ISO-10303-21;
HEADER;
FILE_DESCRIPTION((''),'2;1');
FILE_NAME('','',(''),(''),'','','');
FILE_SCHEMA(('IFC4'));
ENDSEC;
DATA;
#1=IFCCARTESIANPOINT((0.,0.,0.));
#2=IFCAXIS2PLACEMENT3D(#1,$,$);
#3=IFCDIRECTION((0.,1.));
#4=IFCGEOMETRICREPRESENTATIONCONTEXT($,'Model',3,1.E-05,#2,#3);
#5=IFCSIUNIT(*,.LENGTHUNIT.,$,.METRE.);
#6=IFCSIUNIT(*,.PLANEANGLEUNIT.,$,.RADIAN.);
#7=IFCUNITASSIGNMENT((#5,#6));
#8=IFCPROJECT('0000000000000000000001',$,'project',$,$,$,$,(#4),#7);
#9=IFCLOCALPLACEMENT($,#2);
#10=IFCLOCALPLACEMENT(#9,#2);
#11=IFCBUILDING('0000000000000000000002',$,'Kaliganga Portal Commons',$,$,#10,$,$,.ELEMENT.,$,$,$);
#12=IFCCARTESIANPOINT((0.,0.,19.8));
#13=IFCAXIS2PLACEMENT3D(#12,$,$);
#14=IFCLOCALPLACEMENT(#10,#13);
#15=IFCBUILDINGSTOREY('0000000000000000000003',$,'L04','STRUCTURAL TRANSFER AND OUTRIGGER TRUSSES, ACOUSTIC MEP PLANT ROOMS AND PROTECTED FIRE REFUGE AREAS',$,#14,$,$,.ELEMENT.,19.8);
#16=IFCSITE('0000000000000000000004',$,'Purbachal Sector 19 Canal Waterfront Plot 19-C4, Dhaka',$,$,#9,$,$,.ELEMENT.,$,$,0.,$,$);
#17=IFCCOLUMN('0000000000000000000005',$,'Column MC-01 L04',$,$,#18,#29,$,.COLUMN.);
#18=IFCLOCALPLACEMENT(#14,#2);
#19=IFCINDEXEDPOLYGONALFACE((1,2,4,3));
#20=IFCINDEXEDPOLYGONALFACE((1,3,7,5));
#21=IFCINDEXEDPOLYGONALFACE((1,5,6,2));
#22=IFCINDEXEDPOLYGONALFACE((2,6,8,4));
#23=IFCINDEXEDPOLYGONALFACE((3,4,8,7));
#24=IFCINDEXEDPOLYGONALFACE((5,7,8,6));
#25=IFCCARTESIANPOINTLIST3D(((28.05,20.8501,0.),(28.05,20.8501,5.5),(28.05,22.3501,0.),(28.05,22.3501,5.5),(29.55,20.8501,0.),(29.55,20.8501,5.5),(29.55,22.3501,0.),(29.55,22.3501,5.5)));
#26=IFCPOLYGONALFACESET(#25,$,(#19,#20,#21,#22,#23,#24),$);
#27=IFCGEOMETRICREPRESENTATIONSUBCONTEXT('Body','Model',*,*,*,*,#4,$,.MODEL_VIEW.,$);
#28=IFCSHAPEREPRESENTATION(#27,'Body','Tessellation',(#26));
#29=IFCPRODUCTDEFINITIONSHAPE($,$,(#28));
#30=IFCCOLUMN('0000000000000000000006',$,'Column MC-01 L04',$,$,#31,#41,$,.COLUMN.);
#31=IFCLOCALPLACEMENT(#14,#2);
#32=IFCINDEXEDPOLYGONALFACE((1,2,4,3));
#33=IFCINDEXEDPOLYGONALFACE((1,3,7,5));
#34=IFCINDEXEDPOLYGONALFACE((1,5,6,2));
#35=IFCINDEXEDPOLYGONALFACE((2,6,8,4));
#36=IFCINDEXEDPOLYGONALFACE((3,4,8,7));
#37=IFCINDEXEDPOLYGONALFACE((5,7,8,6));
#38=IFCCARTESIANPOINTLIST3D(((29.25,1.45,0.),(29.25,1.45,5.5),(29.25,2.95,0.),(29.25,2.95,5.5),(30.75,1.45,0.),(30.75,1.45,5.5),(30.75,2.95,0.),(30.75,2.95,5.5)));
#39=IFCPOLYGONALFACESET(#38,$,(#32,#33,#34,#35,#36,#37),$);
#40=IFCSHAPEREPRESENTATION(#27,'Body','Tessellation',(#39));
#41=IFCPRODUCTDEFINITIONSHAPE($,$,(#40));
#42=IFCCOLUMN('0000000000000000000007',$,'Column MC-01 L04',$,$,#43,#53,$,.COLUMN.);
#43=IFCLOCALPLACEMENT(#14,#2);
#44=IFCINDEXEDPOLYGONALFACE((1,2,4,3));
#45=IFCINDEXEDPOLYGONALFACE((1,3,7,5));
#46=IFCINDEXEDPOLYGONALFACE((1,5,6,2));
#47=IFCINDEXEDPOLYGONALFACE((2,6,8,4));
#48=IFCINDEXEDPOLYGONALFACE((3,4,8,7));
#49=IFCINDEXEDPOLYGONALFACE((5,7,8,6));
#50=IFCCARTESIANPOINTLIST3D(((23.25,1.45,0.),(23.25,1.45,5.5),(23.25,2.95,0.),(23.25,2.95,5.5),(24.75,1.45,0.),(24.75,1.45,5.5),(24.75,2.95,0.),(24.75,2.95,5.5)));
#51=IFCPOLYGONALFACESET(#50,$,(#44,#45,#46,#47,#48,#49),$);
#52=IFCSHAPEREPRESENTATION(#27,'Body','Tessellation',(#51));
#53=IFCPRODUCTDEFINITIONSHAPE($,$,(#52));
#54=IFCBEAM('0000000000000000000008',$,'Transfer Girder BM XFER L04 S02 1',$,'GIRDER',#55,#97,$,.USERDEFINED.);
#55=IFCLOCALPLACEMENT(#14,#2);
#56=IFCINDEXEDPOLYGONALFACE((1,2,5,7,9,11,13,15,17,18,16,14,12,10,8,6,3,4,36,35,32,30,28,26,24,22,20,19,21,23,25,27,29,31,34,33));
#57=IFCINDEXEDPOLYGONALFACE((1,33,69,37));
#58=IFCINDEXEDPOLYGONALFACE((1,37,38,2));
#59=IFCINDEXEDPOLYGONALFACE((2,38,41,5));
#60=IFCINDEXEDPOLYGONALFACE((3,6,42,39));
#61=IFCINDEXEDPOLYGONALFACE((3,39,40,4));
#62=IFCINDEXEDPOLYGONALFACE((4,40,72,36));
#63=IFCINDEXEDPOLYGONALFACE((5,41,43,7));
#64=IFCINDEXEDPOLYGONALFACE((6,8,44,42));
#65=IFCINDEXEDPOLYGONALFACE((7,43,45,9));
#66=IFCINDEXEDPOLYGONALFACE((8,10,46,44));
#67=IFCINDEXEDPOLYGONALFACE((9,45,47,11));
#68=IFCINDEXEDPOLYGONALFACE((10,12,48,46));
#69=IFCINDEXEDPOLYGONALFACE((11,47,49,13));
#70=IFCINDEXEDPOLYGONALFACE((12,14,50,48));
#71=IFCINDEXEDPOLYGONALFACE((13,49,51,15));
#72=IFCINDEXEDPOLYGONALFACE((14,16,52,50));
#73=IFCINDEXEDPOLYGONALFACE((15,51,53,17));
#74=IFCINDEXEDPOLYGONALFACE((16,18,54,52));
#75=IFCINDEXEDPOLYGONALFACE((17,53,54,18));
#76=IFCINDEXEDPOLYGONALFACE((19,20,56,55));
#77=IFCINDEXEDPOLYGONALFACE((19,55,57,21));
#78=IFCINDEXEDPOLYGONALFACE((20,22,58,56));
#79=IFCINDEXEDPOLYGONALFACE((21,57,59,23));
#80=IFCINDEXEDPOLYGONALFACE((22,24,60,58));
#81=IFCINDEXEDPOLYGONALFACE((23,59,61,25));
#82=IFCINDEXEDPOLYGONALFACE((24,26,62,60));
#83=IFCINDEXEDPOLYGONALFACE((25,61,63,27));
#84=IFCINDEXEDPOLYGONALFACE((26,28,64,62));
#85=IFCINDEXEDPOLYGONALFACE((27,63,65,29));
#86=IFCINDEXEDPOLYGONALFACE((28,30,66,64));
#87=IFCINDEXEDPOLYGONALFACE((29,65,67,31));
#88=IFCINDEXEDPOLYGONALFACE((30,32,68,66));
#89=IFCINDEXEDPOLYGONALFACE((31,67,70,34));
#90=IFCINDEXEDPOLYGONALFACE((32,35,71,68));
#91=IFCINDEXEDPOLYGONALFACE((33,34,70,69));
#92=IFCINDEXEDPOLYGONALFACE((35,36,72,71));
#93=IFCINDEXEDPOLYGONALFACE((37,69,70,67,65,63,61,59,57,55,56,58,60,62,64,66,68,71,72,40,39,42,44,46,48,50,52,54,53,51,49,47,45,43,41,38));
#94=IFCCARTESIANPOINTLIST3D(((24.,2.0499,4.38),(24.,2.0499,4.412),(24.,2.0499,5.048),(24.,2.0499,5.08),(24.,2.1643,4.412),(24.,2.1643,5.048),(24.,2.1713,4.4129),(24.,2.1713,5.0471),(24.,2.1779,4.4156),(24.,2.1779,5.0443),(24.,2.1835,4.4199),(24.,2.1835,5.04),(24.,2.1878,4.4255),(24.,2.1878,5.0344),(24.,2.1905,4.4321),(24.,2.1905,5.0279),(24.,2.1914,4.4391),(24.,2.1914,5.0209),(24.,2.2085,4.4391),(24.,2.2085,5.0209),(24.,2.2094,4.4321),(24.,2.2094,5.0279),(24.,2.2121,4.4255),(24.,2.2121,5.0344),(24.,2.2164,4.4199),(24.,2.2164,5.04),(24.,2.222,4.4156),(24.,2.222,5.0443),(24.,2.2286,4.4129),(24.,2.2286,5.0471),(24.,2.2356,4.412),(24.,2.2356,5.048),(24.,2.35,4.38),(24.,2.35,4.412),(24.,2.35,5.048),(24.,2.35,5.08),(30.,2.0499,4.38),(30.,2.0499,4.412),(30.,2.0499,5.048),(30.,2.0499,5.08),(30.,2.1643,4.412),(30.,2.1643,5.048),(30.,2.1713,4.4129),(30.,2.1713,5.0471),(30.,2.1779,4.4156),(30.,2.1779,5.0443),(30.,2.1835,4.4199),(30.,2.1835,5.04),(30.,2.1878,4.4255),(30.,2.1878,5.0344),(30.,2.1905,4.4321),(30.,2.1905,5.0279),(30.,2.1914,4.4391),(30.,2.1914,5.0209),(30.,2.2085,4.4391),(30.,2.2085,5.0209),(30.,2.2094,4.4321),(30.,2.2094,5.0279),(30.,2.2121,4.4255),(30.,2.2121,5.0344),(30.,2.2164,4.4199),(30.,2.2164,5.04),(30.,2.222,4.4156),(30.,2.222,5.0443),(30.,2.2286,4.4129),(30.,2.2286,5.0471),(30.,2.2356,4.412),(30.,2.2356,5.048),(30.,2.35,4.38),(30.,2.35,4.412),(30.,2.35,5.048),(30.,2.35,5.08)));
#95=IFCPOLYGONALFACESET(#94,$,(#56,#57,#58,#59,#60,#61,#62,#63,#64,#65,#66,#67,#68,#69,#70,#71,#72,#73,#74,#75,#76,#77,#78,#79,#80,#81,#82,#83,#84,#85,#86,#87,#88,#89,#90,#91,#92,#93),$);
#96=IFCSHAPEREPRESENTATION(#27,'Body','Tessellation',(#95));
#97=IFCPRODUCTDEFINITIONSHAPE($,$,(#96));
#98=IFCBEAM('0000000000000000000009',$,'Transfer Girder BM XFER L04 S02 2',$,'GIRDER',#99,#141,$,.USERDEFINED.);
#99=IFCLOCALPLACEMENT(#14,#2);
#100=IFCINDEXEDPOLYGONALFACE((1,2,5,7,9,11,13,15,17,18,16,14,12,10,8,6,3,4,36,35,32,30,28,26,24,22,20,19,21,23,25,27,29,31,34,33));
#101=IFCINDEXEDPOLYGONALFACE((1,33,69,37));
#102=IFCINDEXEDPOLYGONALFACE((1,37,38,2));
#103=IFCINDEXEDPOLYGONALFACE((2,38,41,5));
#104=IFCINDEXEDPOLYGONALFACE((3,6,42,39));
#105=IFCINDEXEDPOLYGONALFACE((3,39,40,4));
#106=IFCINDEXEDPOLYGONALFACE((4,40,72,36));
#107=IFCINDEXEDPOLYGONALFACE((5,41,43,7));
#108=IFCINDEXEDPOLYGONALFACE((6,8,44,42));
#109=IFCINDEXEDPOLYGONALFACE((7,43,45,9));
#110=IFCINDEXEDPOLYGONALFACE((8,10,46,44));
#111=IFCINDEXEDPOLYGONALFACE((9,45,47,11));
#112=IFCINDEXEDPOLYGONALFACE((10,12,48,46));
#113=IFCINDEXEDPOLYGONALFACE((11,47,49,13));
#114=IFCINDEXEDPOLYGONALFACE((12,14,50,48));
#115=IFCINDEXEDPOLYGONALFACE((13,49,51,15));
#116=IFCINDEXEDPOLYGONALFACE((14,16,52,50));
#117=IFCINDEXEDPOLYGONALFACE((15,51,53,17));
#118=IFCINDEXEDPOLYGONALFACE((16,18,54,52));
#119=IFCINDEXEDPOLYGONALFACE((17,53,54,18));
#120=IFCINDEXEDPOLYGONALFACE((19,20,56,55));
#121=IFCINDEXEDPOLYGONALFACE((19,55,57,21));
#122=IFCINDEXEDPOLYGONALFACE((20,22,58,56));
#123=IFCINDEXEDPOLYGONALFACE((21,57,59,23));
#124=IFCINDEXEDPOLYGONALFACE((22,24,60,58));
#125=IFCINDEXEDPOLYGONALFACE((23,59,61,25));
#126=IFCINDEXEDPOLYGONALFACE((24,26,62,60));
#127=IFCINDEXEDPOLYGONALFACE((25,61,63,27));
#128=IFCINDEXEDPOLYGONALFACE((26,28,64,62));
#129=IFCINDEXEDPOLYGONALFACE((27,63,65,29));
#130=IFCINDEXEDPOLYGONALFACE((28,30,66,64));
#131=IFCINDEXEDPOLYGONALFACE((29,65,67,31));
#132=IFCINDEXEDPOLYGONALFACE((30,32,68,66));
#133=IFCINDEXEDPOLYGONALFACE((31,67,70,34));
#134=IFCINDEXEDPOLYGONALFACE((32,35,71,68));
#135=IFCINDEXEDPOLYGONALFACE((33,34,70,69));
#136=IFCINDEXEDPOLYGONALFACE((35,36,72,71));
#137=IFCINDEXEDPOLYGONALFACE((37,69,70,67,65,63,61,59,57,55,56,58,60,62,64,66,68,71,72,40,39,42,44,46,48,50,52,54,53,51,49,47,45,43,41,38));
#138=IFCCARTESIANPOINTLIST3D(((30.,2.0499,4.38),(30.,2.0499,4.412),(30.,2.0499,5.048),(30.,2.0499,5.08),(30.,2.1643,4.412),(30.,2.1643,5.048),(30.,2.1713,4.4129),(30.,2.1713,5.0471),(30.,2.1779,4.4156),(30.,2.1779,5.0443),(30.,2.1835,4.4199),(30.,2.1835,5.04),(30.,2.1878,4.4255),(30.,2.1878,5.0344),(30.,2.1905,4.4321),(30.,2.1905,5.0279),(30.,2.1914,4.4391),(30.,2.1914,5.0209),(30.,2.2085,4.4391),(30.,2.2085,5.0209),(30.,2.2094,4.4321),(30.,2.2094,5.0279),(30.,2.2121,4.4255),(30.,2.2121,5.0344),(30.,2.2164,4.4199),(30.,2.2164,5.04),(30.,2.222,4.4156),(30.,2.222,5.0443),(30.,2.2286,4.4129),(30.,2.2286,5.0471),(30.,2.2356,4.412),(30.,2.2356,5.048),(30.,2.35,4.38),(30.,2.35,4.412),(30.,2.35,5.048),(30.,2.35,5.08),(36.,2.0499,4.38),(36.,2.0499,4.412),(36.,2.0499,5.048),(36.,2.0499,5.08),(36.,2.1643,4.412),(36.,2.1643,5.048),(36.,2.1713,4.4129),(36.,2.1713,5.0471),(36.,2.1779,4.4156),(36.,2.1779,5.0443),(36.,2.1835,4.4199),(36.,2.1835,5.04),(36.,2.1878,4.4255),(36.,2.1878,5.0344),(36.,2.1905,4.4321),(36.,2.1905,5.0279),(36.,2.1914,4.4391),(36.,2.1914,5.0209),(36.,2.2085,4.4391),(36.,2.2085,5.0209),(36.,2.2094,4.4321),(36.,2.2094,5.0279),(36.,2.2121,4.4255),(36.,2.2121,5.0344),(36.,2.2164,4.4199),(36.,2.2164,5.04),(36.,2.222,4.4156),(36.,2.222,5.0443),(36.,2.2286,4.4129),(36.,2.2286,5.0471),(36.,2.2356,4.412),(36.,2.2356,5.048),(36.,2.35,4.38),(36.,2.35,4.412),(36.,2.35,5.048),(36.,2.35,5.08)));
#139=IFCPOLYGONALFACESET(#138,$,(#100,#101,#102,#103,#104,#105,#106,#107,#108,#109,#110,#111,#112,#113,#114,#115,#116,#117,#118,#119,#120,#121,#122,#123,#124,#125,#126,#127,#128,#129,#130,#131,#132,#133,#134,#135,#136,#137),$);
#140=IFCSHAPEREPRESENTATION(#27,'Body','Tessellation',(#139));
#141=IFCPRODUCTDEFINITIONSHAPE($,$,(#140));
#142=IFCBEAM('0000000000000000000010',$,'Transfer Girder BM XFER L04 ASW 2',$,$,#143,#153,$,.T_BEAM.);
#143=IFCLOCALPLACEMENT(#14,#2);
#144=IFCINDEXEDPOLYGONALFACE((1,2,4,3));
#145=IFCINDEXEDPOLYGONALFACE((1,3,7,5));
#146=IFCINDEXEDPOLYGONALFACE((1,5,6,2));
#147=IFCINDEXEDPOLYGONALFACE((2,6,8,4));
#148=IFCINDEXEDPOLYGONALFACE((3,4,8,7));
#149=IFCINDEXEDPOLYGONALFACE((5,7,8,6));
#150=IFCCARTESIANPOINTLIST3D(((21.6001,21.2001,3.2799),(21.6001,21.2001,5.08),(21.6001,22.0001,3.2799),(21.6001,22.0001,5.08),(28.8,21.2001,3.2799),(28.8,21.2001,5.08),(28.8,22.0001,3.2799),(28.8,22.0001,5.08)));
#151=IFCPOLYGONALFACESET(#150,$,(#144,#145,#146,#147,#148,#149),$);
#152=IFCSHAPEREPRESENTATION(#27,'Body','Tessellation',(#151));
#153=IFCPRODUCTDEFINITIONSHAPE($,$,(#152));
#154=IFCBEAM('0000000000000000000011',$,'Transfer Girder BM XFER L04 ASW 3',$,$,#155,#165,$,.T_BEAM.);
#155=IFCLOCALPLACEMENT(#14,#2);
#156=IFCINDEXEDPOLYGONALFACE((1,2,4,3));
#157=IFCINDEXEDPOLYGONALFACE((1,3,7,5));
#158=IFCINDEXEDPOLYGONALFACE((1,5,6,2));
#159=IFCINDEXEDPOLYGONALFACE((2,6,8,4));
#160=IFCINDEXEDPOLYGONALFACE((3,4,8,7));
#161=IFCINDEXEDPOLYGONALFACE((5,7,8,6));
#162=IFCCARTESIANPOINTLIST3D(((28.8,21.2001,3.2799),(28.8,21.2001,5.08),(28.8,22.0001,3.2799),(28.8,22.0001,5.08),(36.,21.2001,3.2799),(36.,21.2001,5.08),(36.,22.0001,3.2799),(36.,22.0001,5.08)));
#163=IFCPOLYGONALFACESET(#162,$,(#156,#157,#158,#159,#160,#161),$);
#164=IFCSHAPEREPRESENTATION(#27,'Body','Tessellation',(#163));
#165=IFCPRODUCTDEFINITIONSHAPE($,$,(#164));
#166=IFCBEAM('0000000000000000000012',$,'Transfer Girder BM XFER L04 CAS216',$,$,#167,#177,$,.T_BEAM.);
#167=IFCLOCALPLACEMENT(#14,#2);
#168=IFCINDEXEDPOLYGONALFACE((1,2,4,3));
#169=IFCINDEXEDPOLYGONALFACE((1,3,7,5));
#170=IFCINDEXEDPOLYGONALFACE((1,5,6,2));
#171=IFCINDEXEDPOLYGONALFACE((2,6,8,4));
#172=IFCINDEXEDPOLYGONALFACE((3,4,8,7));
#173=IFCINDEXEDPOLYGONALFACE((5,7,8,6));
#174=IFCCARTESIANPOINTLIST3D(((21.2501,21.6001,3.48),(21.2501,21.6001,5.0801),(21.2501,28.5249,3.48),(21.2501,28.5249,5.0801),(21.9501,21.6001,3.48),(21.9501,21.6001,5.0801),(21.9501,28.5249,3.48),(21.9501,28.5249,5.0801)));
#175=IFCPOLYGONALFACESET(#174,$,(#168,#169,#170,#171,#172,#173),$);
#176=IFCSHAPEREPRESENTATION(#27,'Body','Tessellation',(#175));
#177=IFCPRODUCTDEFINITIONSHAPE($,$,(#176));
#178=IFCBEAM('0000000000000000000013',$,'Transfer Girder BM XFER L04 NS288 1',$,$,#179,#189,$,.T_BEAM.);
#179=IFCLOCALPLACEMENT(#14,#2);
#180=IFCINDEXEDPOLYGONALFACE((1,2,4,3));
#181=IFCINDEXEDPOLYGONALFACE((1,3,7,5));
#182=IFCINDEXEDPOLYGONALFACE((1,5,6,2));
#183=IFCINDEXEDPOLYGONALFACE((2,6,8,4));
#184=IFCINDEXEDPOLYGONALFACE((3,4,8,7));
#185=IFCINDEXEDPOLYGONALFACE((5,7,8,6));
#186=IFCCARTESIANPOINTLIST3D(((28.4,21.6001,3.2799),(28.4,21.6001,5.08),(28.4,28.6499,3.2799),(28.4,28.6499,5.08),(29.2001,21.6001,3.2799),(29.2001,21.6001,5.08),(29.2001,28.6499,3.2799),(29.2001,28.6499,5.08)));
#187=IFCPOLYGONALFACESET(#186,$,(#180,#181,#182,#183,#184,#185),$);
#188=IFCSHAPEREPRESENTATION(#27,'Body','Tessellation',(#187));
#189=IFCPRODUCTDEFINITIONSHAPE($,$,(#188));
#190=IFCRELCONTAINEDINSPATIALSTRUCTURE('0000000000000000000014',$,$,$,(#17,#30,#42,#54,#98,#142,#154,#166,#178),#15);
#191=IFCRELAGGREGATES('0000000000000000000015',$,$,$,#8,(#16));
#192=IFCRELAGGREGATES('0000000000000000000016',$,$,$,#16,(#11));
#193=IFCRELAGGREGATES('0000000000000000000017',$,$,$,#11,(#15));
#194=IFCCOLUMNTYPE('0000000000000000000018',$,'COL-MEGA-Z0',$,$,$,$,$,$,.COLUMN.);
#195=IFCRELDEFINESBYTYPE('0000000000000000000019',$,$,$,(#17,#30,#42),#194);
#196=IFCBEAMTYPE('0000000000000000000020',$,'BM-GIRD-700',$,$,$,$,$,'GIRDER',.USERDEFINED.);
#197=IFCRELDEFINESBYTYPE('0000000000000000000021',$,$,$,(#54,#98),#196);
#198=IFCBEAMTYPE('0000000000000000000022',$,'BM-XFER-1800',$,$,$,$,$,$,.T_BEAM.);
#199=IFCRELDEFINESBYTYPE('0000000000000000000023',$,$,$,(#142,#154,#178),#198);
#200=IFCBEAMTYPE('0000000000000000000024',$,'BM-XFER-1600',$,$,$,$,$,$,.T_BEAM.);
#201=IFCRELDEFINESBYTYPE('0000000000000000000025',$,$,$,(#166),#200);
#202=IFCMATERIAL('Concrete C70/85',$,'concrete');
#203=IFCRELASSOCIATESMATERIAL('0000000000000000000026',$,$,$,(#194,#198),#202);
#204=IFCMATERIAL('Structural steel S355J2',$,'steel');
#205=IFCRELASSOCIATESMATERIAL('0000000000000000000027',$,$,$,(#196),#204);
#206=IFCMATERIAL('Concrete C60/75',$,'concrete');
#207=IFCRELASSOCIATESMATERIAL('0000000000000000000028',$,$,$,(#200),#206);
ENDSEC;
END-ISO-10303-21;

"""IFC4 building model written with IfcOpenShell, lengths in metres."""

from ifc_helpers import new_model, si_unit, direction, frame, origin, origin_2d, place, context, subcontext, project, spatial, rectangle, i_section, extrude, source, transform, mapped, material, material_profile, profile_set, type_object, element, save


model = new_model("IFC4")

# Units and contexts
model_context = context("Model", 3, precision=1e-05, world=origin(), true_north=direction((0.0, 1.0)))
body_context = subcontext(model_context, "Body", "Model", "MODEL_VIEW")
ifc_project = project(units=[si_unit("LENGTHUNIT", "METRE"), si_unit("PLANEANGLEUNIT", "RADIAN")], contexts=[model_context])

# Site, building, storey
site_placement = place(None, origin())
site = spatial("IfcSite", under=ifc_project, at=site_placement, Name="Purbachal Sector 19 Canal Waterfront Plot 19-C4, Dhaka", CompositionType="ELEMENT", RefElevation=0.0)
building_placement = place(site_placement, origin())
building = spatial("IfcBuilding", under=site, at=building_placement, Name="Kaliganga Portal Commons", CompositionType="ELEMENT")
storey_placement = place(building_placement, frame((0.0, 0.0, 19.8)))
storey = spatial("IfcBuildingStorey", under=building, at=storey_placement, Name="L04", Description="STRUCTURAL TRANSFER AND OUTRIGGER TRUSSES, ACOUSTIC MEP PLANT ROOMS AND PROTECTED FIRE REFUGE AREAS", CompositionType="ELEMENT", Elevation=19.8)

# Columns
ifc_material_1 = material(Name="Concrete C70/85", Category="concrete")
ifc_material_profile_1 = material_profile(ifc_material_1, rectangle(XDim=1.5, YDim=1.5, at=origin_2d()), Name="RC 1500x1500")
ifc_profile_set_1 = profile_set([ifc_material_profile_1], Name="Concrete C70/85")
column_type = type_object("IfcColumnType", Name="COL-MEGA-Z0", PredefinedType="COLUMN", material=ifc_profile_set_1)
shared_shape_1 = source(origin(), body_context, "Body", "SweptSolid", [
    extrude(rectangle(XDim=1.5, YDim=1.5, at=origin_2d()), origin(), (0.0, 0.0, 1.0), 5.5),
])
for number, where, z_axis, x_axis, name in (
    (1, (28.8, 21.6001, 0.0), (0.0, 0.0, 1.0), (1.0, 0.0, 0.0), "Column MC-01 L04"),
    (2, (30.0, 2.2, 0.0), (0.0, 0.0, 1.0), (1.0, 0.0, 0.0), "Column MC-01 L04"),
    (3, (24.0, 2.2, 0.0), (0.0, 0.0, 1.0), (1.0, 0.0, 0.0), "Column MC-01 L04"),
):
    element("IfcColumn", number, at=place(storey_placement, frame(where, z_axis=z_axis, x_axis=x_axis)), inside=storey, type_object=column_type, Name=name, PredefinedType="COLUMN", context=body_context, shape_type="MappedRepresentation", body=[
        mapped(shared_shape_1, transform((0.0, 0.0, 0.0), x_axis=(1.0, 0.0, 0.0), y_axis=(0.0, 1.0, 0.0), z_axis=(0.0, 0.0, 1.0), scale=1.0)),
    ])

# Beams
ifc_material_2 = material(Name="Structural steel S355J2", Category="steel")
ifc_material_profile_2 = material_profile(ifc_material_2, i_section(OverallWidth=0.3, OverallDepth=0.7, WebThickness=0.0171, FlangeThickness=0.032, FilletRadius=0.0271, at=origin_2d()), Name="HE 700 B")
ifc_profile_set_2 = profile_set([ifc_material_profile_2], Name="Structural steel S355J2 wide-flange")
beam_type_1 = type_object("IfcBeamType", Name="BM-GIRD-700", ElementType="GIRDER", PredefinedType="USERDEFINED", material=ifc_profile_set_2)
shared_shape_2 = source(origin(), body_context, "Body", "SweptSolid", [
    extrude(i_section(OverallWidth=0.3, OverallDepth=0.7, WebThickness=0.0171, FlangeThickness=0.032, FilletRadius=0.0271, at=origin_2d()), origin(), (0.0, 0.0, 1.0), 6.0),
])
for number, where, z_axis, x_axis, name in (
    (4, (24.0, 2.2, 4.73), (1.0, 0.0, 0.0), (0.0, 1.0, 0.0), "Transfer Girder BM XFER L04 S02 1"),
    (5, (30.0, 2.2, 4.73), (1.0, 0.0, 0.0), (0.0, 1.0, 0.0), "Transfer Girder BM XFER L04 S02 2"),
):
    element("IfcBeam", number, at=place(storey_placement, frame(where, z_axis=z_axis, x_axis=x_axis)), inside=storey, type_object=beam_type_1, Name=name, ObjectType="GIRDER", PredefinedType="USERDEFINED", context=body_context, shape_type="MappedRepresentation", body=[
        mapped(shared_shape_2, transform((0.0, 0.0, 0.0), x_axis=(1.0, 0.0, 0.0), y_axis=(0.0, 1.0, 0.0), z_axis=(0.0, 0.0, 1.0), scale=1.0)),
    ])
ifc_material_profile_3 = material_profile(ifc_material_1, rectangle(XDim=0.8, YDim=1.8, at=origin_2d()), Name="RC 800x1800")
ifc_profile_set_3 = profile_set([ifc_material_profile_3], Name="Concrete C70/85")
beam_type_2 = type_object("IfcBeamType", Name="BM-XFER-1800", PredefinedType="T_BEAM", material=ifc_profile_set_3)
shared_shape_3 = source(origin(), body_context, "Body", "SweptSolid", [
    extrude(rectangle(XDim=0.8, YDim=1.8, at=origin_2d()), origin(), (0.0, 0.0, 1.0), 7.2),
])
for number, where, z_axis, x_axis, name in (
    (6, (21.6001, 21.6001, 4.1799), (1.0, 0.0, 0.0), (0.0, 1.0, 0.0), "Transfer Girder BM XFER L04 ASW 2"),
    (7, (28.8, 21.6001, 4.1799), (1.0, 0.0, 0.0), (0.0, 1.0, 0.0), "Transfer Girder BM XFER L04 ASW 3"),
):
    element("IfcBeam", number, at=place(storey_placement, frame(where, z_axis=z_axis, x_axis=x_axis)), inside=storey, type_object=beam_type_2, Name=name, PredefinedType="T_BEAM", context=body_context, shape_type="MappedRepresentation", body=[
        mapped(shared_shape_3, transform((0.0, 0.0, 0.0), x_axis=(1.0, 0.0, 0.0), y_axis=(0.0, 1.0, 0.0), z_axis=(0.0, 0.0, 1.0), scale=1.0)),
    ])
ifc_material_3 = material(Name="Concrete C60/75", Category="concrete")
ifc_material_profile_4 = material_profile(ifc_material_3, rectangle(XDim=0.7, YDim=1.6001, at=origin_2d()), Name="RC 700x1600")
ifc_profile_set_4 = profile_set([ifc_material_profile_4], Name="Concrete C60/75")
beam_type_3 = type_object("IfcBeamType", Name="BM-XFER-1600", PredefinedType="T_BEAM", material=ifc_profile_set_4)
shared_shape_4 = source(origin(), body_context, "Body", "SweptSolid", [
    extrude(rectangle(XDim=0.7, YDim=1.6001, at=origin_2d()), origin(), (0.0, 0.0, 1.0), 6.9248),
])
beam_1_placement = place(storey_placement, frame((21.6001, 21.6001, 4.28), z_axis=(0.0, 1.0, 0.0), x_axis=(-1.0, 0.0, 0.0)))
element("IfcBeam", 8, at=beam_1_placement, inside=storey, type_object=beam_type_3, Name="Transfer Girder BM XFER L04 CAS216", PredefinedType="T_BEAM", context=body_context, shape_type="MappedRepresentation", body=[
    mapped(shared_shape_4, transform((0.0, 0.0, 0.0), x_axis=(1.0, 0.0, 0.0), y_axis=(0.0, 1.0, 0.0), z_axis=(0.0, 0.0, 1.0), scale=1.0)),
])
shared_shape_5 = source(origin(), body_context, "Body", "SweptSolid", [
    extrude(rectangle(XDim=0.8, YDim=1.8, at=origin_2d()), origin(), (0.0, 0.0, 1.0), 7.0498),
])
beam_2_placement = place(storey_placement, frame((28.8, 21.6001, 4.1799), z_axis=(0.0, 1.0, 0.0), x_axis=(-1.0, 0.0, 0.0)))
element("IfcBeam", 9, at=beam_2_placement, inside=storey, type_object=beam_type_2, Name="Transfer Girder BM XFER L04 NS288 1", PredefinedType="T_BEAM", context=body_context, shape_type="MappedRepresentation", body=[
    mapped(shared_shape_5, transform((0.0, 0.0, 0.0), x_axis=(1.0, 0.0, 0.0), y_axis=(0.0, 1.0, 0.0), z_axis=(0.0, 0.0, 1.0), scale=1.0)),
])

save(model, "model.ifc")
